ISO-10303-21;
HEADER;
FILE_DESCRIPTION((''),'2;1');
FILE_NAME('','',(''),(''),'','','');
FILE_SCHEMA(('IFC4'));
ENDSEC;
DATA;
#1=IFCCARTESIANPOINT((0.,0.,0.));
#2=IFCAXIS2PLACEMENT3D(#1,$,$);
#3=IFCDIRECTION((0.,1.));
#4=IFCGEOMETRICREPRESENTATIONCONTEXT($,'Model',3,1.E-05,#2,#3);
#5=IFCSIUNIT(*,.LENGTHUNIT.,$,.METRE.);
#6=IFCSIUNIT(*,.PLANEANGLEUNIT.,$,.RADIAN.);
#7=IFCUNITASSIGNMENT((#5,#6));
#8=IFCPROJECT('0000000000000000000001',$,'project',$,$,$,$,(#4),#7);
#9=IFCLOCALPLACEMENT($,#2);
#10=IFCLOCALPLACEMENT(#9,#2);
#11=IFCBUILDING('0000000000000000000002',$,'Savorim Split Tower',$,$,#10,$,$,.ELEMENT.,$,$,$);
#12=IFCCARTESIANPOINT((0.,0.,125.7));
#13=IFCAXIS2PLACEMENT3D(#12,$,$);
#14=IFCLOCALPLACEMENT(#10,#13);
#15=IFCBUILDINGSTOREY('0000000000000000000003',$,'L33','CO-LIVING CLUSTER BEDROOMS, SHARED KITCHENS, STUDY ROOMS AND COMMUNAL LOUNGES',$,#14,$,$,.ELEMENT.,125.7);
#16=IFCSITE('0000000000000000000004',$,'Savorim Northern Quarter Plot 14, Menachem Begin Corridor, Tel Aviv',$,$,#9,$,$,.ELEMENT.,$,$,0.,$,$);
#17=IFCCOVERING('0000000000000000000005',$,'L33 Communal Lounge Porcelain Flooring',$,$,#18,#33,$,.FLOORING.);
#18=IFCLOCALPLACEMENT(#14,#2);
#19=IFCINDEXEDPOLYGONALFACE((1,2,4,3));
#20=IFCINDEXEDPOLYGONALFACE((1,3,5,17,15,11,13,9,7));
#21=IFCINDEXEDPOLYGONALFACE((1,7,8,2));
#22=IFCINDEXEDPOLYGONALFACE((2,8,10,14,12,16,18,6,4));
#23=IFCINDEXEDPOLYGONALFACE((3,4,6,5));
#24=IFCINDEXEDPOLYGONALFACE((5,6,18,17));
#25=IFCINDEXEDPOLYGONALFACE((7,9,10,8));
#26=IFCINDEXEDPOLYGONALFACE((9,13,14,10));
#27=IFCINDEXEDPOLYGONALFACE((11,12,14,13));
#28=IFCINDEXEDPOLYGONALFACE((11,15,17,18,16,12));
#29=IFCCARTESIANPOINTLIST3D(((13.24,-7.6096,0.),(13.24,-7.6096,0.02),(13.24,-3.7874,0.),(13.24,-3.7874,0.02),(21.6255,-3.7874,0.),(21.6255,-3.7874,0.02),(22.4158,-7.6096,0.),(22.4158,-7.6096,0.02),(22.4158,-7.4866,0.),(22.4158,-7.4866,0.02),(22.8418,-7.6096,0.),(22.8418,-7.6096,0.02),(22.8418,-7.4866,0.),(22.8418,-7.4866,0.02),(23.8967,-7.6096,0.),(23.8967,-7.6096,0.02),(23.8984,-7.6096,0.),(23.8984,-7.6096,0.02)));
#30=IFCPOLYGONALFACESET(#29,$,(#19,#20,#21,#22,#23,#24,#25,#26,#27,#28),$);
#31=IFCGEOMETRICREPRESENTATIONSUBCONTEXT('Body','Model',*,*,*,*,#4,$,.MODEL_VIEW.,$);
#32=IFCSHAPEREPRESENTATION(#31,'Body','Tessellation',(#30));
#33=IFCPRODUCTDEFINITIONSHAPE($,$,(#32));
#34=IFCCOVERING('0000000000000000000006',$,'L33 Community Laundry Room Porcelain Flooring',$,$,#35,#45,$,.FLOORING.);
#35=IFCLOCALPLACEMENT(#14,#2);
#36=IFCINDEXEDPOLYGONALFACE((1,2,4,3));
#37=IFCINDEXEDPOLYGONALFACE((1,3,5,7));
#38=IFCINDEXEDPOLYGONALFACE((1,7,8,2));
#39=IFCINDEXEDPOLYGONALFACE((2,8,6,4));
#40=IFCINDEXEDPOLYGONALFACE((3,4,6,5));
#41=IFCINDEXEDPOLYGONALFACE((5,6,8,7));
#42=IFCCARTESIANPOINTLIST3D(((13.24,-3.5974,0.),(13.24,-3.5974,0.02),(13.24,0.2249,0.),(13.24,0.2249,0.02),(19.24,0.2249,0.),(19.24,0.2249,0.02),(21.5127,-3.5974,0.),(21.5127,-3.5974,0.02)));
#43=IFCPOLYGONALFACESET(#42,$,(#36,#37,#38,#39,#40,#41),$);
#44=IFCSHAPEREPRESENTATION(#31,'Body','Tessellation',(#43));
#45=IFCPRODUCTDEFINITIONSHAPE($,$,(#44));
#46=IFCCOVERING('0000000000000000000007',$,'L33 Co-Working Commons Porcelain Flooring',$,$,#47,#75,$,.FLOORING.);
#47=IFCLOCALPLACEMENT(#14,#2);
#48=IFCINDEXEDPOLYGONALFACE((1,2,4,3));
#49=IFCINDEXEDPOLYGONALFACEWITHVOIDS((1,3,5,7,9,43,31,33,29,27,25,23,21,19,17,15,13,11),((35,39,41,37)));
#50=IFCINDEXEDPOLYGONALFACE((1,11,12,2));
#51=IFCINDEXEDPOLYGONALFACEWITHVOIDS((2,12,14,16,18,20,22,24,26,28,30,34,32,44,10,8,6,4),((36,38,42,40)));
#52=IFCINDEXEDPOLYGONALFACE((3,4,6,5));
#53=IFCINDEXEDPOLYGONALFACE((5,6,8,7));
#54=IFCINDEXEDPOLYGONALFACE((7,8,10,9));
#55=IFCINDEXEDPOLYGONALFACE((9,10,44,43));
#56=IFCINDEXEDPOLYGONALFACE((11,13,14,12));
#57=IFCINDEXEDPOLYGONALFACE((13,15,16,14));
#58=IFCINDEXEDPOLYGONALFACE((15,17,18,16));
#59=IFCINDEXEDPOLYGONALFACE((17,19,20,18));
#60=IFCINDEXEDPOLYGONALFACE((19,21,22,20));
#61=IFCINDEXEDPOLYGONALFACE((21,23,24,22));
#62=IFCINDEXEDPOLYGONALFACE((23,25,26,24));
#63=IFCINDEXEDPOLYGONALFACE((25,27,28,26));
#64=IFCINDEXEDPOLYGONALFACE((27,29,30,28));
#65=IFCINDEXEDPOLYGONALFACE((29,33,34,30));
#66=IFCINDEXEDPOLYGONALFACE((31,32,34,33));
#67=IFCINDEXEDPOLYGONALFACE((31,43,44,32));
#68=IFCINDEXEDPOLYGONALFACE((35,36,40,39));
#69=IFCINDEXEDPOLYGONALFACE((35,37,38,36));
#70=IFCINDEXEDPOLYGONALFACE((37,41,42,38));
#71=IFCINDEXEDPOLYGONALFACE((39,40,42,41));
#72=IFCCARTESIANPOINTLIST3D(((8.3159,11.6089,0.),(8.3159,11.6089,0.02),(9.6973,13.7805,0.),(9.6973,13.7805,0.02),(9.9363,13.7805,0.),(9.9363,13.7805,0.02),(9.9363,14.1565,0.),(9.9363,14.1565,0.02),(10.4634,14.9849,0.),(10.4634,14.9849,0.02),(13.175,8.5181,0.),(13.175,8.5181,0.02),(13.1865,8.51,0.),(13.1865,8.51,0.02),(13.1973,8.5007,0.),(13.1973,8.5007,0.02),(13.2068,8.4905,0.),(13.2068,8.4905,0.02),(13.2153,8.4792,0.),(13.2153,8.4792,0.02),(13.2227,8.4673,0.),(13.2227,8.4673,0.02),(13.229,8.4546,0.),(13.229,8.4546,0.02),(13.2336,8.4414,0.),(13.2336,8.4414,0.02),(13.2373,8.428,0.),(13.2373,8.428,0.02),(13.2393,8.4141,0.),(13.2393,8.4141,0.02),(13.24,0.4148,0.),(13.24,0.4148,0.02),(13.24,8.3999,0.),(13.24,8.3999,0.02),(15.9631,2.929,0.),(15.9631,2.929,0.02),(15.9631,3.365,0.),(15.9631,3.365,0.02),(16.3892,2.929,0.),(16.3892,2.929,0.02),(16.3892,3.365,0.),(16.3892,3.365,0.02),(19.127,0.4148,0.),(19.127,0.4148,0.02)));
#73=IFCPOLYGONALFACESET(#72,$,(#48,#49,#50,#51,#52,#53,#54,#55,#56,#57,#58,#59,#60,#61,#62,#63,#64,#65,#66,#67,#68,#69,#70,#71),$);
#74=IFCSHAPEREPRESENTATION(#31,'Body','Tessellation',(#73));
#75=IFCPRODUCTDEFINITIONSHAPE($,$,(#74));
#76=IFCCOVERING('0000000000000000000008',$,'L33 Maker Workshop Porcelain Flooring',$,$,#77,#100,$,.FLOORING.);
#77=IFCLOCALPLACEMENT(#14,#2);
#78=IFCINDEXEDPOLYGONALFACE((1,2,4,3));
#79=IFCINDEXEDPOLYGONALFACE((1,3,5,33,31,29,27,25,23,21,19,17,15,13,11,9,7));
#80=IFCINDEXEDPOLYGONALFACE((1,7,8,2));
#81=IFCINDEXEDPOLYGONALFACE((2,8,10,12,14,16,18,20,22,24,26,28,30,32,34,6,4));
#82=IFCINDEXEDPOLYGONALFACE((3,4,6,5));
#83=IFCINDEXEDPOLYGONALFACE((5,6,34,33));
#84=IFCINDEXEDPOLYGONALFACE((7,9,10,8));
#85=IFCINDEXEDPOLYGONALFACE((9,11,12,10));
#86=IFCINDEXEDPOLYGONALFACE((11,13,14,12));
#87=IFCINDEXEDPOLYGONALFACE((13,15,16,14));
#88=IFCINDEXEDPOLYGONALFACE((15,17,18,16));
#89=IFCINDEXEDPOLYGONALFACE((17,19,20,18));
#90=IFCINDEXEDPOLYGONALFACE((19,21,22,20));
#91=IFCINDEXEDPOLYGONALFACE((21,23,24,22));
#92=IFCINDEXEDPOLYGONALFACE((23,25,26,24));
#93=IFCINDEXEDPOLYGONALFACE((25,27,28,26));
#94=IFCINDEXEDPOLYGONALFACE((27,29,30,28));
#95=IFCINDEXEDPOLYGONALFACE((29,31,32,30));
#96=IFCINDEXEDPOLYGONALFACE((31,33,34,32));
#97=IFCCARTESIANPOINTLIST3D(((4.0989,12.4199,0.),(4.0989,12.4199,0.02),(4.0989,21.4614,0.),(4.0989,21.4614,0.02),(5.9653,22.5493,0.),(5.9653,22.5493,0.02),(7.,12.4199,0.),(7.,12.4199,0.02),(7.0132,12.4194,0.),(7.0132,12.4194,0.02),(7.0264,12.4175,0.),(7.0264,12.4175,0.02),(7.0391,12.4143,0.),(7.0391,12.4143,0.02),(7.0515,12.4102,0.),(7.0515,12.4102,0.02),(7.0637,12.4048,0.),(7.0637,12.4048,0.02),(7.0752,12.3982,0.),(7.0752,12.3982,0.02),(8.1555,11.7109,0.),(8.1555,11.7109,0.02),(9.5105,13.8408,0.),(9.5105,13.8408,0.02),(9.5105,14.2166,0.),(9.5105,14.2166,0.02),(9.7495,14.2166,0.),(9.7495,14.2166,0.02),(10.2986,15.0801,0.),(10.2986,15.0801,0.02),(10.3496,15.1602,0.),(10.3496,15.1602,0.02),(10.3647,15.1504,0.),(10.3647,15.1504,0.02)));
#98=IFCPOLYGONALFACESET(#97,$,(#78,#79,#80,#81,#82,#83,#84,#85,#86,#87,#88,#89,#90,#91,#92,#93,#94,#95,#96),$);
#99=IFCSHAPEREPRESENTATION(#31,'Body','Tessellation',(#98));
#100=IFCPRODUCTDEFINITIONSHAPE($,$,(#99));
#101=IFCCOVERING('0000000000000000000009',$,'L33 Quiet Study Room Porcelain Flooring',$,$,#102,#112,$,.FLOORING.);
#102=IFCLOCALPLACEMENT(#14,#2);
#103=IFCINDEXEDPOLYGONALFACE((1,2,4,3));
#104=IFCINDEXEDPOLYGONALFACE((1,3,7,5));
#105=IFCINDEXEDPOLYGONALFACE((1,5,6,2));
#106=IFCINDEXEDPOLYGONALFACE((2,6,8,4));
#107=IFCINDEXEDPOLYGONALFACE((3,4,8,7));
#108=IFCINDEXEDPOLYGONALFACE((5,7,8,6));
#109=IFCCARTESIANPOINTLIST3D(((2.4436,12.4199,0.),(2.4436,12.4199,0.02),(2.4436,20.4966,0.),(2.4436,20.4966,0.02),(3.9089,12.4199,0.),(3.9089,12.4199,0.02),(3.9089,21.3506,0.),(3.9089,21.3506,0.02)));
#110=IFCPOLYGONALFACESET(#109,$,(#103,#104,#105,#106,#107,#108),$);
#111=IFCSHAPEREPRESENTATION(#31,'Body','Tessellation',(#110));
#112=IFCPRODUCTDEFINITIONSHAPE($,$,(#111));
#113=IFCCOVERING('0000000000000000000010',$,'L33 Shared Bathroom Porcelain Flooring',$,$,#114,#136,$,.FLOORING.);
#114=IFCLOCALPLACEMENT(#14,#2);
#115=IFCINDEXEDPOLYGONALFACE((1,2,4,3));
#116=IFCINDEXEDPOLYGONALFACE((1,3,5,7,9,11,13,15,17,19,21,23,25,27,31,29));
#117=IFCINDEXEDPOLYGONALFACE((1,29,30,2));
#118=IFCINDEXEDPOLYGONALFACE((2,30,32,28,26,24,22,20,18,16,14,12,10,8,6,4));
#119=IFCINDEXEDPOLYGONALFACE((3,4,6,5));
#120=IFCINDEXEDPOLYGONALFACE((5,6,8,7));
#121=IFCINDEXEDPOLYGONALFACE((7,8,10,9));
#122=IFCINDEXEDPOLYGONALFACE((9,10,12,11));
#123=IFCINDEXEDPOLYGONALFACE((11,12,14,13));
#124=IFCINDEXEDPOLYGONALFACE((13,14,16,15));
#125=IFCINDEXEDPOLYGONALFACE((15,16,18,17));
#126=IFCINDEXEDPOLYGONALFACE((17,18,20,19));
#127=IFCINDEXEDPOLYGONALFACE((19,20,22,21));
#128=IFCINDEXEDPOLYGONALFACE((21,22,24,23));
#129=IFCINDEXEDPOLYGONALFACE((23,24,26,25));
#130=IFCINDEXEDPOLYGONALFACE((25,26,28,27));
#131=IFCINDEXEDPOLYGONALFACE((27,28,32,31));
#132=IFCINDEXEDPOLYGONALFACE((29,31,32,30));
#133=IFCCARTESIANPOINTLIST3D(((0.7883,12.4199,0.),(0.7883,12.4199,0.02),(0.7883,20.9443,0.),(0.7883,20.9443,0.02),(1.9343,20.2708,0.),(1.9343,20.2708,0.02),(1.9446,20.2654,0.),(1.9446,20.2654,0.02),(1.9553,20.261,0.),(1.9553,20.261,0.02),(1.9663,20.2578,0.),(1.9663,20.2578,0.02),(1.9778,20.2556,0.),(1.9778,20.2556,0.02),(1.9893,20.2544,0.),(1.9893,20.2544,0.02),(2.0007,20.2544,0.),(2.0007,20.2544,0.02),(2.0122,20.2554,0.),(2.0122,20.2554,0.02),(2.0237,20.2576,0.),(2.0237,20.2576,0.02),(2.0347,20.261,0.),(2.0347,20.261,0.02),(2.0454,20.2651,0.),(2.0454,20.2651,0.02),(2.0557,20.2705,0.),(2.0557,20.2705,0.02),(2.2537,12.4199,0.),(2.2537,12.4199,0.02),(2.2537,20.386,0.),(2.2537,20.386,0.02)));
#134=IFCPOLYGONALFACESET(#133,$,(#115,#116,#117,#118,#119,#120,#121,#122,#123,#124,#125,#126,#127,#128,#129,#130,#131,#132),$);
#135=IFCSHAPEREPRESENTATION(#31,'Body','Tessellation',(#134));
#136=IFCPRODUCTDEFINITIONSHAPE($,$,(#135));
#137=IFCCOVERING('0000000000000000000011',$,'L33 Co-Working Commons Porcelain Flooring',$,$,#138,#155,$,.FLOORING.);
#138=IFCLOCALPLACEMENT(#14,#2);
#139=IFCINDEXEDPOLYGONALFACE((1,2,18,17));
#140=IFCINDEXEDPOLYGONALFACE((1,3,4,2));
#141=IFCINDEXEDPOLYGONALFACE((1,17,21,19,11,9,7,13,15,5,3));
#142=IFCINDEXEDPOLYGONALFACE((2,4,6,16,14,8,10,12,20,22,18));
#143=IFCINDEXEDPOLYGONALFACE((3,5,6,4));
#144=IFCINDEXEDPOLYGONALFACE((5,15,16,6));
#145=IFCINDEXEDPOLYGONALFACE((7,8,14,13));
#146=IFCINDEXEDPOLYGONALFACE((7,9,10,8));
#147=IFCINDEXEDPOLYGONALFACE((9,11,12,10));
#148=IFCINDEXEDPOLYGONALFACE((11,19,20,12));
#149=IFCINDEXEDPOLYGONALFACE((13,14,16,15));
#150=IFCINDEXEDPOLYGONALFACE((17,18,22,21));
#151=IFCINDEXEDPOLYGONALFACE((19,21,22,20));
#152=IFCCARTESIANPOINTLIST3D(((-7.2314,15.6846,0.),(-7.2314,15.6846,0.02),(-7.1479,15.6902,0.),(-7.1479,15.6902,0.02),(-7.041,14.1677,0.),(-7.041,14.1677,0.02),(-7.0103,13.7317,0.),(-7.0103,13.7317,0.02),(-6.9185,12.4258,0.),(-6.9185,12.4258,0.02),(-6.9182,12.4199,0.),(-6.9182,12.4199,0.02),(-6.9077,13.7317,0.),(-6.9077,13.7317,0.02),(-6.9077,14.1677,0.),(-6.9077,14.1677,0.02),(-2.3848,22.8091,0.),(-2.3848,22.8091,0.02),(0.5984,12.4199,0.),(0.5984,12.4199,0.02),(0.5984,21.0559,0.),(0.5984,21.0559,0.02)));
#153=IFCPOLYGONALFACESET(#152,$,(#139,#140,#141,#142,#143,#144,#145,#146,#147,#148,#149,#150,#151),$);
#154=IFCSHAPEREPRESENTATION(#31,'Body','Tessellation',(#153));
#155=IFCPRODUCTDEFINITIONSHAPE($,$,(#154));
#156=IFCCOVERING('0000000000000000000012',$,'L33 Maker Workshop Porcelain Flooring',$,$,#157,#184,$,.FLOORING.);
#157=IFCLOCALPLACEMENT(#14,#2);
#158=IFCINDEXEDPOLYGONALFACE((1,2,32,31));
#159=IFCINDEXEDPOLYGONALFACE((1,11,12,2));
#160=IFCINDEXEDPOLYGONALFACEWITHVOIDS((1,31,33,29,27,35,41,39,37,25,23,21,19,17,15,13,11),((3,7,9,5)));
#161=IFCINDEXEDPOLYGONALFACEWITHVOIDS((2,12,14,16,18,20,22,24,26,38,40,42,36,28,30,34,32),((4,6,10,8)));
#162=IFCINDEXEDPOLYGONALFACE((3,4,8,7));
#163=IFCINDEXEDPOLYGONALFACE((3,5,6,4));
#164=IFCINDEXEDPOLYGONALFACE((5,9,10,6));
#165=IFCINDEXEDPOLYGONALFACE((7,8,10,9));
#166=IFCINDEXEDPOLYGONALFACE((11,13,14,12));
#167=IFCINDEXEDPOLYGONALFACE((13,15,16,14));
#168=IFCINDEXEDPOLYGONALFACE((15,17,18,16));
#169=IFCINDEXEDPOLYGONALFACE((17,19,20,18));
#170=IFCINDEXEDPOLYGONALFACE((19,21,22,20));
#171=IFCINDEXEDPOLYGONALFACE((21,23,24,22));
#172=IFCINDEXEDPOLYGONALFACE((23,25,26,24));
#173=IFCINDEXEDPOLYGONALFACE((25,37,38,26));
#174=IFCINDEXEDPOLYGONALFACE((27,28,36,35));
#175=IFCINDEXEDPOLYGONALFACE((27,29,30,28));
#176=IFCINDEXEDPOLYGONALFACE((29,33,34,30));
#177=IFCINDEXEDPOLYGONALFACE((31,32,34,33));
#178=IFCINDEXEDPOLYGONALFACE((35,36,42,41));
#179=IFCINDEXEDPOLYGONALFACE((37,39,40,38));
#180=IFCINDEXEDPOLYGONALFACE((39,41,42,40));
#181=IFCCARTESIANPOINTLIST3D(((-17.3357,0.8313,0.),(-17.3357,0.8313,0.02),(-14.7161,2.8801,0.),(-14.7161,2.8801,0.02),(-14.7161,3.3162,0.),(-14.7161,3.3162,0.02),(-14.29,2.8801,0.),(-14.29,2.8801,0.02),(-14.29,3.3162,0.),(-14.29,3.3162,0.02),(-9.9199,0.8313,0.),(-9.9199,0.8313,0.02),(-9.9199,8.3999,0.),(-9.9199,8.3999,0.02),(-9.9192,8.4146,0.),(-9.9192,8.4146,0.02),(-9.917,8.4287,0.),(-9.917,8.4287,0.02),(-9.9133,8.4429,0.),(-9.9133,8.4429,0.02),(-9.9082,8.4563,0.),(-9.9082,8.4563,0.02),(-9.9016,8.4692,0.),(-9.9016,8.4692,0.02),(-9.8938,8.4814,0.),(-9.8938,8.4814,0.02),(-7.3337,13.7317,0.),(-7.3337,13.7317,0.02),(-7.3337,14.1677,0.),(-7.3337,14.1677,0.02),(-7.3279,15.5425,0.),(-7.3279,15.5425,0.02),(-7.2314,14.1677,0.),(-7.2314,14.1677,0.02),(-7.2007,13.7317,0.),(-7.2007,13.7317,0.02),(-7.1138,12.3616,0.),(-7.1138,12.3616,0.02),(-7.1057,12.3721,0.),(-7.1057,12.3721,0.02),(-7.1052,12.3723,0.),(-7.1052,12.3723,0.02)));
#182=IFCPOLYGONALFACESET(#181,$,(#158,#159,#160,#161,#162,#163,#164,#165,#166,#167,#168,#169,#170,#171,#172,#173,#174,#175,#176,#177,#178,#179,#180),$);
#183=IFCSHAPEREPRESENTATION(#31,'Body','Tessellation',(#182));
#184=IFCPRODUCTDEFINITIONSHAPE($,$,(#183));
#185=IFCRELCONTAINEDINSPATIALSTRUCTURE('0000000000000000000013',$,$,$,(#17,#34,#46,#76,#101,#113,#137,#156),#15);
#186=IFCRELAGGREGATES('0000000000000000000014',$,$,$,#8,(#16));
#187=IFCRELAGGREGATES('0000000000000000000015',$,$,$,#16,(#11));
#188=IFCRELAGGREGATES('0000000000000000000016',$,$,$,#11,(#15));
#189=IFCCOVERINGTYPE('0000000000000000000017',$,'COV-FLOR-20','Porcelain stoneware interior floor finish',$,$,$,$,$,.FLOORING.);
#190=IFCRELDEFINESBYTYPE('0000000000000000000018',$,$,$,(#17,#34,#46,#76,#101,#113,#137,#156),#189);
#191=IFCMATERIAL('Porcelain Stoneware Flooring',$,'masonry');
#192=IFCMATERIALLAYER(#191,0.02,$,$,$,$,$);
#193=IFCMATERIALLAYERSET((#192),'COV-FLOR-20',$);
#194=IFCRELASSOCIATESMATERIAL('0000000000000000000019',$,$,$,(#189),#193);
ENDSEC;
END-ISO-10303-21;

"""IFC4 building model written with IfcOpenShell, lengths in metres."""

from ifc_helpers import new_model, si_unit, direction, frame, origin, place, context, subcontext, project, spatial, polyline, outline, extrude, material, layer, layer_set, type_object, element, save


model = new_model("IFC4")

# Units and contexts
model_context = context("Model", 3, precision=1e-05, world=origin(), true_north=direction((0.0, 1.0)))
body_context = subcontext(model_context, "Body", "Model", "MODEL_VIEW")
ifc_project = project(units=[si_unit("LENGTHUNIT", "METRE"), si_unit("PLANEANGLEUNIT", "RADIAN")], contexts=[model_context])

# Site, building, storey
site_placement = place(None, origin())
site = spatial("IfcSite", under=ifc_project, at=site_placement, Name="Savorim Northern Quarter Plot 14, Menachem Begin Corridor, Tel Aviv", CompositionType="ELEMENT", RefElevation=0.0)
building_placement = place(site_placement, origin())
building = spatial("IfcBuilding", under=site, at=building_placement, Name="Savorim Split Tower", CompositionType="ELEMENT")
storey_placement = place(building_placement, frame((0.0, 0.0, 125.7)))
storey = spatial("IfcBuildingStorey", under=building, at=storey_placement, Name="L33", Description="CO-LIVING CLUSTER BEDROOMS, SHARED KITCHENS, STUDY ROOMS AND COMMUNAL LOUNGES", CompositionType="ELEMENT", Elevation=125.7)

# Coverings
ifc_material_1 = material(Name="Porcelain Stoneware Flooring", Category="masonry")
ifc_layer_1 = layer(ifc_material_1, 0.02)
ifc_layer_set_1 = layer_set([ifc_layer_1], Name="COV-FLOR-20")
covering_type_1 = type_object("IfcCoveringType", Name="COV-FLOR-20", Description="Porcelain stoneware interior floor finish", PredefinedType="FLOORING", material=ifc_layer_set_1)
covering_1_placement = place(storey_placement, origin())
element("IfcCovering", 1, at=covering_1_placement, inside=storey, type_object=covering_type_1, Name="L33 Communal Lounge Porcelain Flooring", PredefinedType="FLOORING", context=body_context, shape_type="SweptSolid", body=[
    extrude(outline(polyline([(22.8418, -7.4866), (22.8418, -7.6096), (23.8967, -7.6096), (23.8984, -7.6096), (21.6255, -3.7874), (13.24, -3.7874), (13.24, -7.6096), (22.4158, -7.6096), (22.4158, -7.4866), (22.8418, -7.4866)])), origin(), (0.0, 0.0, 1.0), 0.02),
])
covering_2_placement = place(storey_placement, origin())
element("IfcCovering", 2, at=covering_2_placement, inside=storey, type_object=covering_type_1, Name="L33 Community Laundry Room Porcelain Flooring", PredefinedType="FLOORING", context=body_context, shape_type="SweptSolid", body=[
    extrude(outline(polyline([(21.5127, -3.5974), (19.24, 0.2249), (13.24, 0.2249), (13.24, -3.5974), (21.5127, -3.5974)])), origin(), (0.0, 0.0, 1.0), 0.02),
])
covering_3_placement = place(storey_placement, origin())
element("IfcCovering", 3, at=covering_3_placement, inside=storey, type_object=covering_type_1, Name="L33 Co-Working Commons Porcelain Flooring", PredefinedType="FLOORING", context=body_context, shape_type="SweptSolid", body=[
    extrude(outline(polyline([(13.2373, 8.428), (13.2393, 8.4141), (13.24, 8.3999), (13.24, 0.4148), (19.127, 0.4148), (10.4634, 14.9849), (9.9363, 14.1565), (9.9363, 13.7805), (9.6973, 13.7805), (8.3159, 11.6089), (8.3159, 11.6089), (13.175, 8.5181), (13.1865, 8.51), (13.1973, 8.5007), (13.2068, 8.4905), (13.2153, 8.4792), (13.2227, 8.4673), (13.229, 8.4546), (13.2336, 8.4414), (13.2373, 8.428)]), holes=[polyline([(16.3892, 2.929), (16.3892, 3.365), (15.9631, 3.365), (15.9631, 2.929), (16.3892, 2.929)])]), origin(), (0.0, 0.0, 1.0), 0.02),
])
covering_4_placement = place(storey_placement, origin())
element("IfcCovering", 4, at=covering_4_placement, inside=storey, type_object=covering_type_1, Name="L33 Maker Workshop Porcelain Flooring", PredefinedType="FLOORING", context=body_context, shape_type="SweptSolid", body=[
    extrude(outline(polyline([(10.3496, 15.1602), (10.3647, 15.1504), (5.9653, 22.5493), (4.0989, 21.4614), (4.0989, 12.4199), (7.0, 12.4199), (7.0132, 12.4194), (7.0264, 12.4175), (7.0391, 12.4143), (7.0515, 12.4102), (7.0637, 12.4048), (7.0752, 12.3982), (8.1555, 11.7109), (9.5105, 13.8408), (9.5105, 14.2166), (9.7495, 14.2166), (10.2986, 15.0801), (10.3496, 15.1602)])), origin(), (0.0, 0.0, 1.0), 0.02),
])
covering_5_placement = place(storey_placement, origin())
element("IfcCovering", 5, at=covering_5_placement, inside=storey, type_object=covering_type_1, Name="L33 Quiet Study Room Porcelain Flooring", PredefinedType="FLOORING", context=body_context, shape_type="SweptSolid", body=[
    extrude(outline(polyline([(2.4436, 12.4199), (3.9089, 12.4199), (3.9089, 21.3506), (2.4436, 20.4966), (2.4436, 12.4199)])), origin(), (0.0, 0.0, 1.0), 0.02),
])
covering_6_placement = place(storey_placement, origin())
element("IfcCovering", 6, at=covering_6_placement, inside=storey, type_object=covering_type_1, Name="L33 Shared Bathroom Porcelain Flooring", PredefinedType="FLOORING", context=body_context, shape_type="SweptSolid", body=[
    extrude(outline(polyline([(1.9553, 20.261), (1.9446, 20.2654), (1.9343, 20.2708), (0.7883, 20.9443), (0.7883, 12.4199), (2.2537, 12.4199), (2.2537, 20.386), (2.0557, 20.2705), (2.0454, 20.2651), (2.0347, 20.261), (2.0237, 20.2576), (2.0122, 20.2554), (2.0007, 20.2544), (1.9893, 20.2544), (1.9778, 20.2556), (1.9663, 20.2578), (1.9553, 20.261)])), origin(), (0.0, 0.0, 1.0), 0.02),
])
covering_7_placement = place(storey_placement, origin())
element("IfcCovering", 7, at=covering_7_placement, inside=storey, type_object=covering_type_1, Name="L33 Co-Working Commons Porcelain Flooring", PredefinedType="FLOORING", context=body_context, shape_type="SweptSolid", body=[
    extrude(outline(polyline([(-6.9182, 12.4199), (0.5984, 12.4199), (0.5984, 21.0559), (-2.3848, 22.8091), (-7.2314, 15.6846), (-7.1479, 15.6902), (-7.041, 14.1677), (-6.9077, 14.1677), (-6.9077, 13.7317), (-7.0103, 13.7317), (-6.9185, 12.4258), (-6.9182, 12.4199)])), origin(), (0.0, 0.0, 1.0), 0.02),
])
covering_8_placement = place(storey_placement, origin())
element("IfcCovering", 8, at=covering_8_placement, inside=storey, type_object=covering_type_1, Name="L33 Maker Workshop Porcelain Flooring", PredefinedType="FLOORING", context=body_context, shape_type="SweptSolid", body=[
    extrude(outline(polyline([(-7.1138, 12.3616), (-7.1057, 12.3721), (-7.1052, 12.3723), (-7.2007, 13.7317), (-7.3337, 13.7317), (-7.3337, 14.1677), (-7.2314, 14.1677), (-7.3279, 15.5425), (-17.3357, 0.8313), (-9.9199, 0.8313), (-9.9199, 8.3999), (-9.9192, 8.4146), (-9.917, 8.4287), (-9.9133, 8.4429), (-9.9082, 8.4563), (-9.9016, 8.4692), (-9.8938, 8.4814), (-7.1138, 12.3616)]), holes=[polyline([(-14.7161, 3.3162), (-14.7161, 2.8801), (-14.29, 2.8801), (-14.29, 3.3162), (-14.7161, 3.3162)])]), origin(), (0.0, 0.0, 1.0), 0.02),
])

save(model, "model.ifc")
